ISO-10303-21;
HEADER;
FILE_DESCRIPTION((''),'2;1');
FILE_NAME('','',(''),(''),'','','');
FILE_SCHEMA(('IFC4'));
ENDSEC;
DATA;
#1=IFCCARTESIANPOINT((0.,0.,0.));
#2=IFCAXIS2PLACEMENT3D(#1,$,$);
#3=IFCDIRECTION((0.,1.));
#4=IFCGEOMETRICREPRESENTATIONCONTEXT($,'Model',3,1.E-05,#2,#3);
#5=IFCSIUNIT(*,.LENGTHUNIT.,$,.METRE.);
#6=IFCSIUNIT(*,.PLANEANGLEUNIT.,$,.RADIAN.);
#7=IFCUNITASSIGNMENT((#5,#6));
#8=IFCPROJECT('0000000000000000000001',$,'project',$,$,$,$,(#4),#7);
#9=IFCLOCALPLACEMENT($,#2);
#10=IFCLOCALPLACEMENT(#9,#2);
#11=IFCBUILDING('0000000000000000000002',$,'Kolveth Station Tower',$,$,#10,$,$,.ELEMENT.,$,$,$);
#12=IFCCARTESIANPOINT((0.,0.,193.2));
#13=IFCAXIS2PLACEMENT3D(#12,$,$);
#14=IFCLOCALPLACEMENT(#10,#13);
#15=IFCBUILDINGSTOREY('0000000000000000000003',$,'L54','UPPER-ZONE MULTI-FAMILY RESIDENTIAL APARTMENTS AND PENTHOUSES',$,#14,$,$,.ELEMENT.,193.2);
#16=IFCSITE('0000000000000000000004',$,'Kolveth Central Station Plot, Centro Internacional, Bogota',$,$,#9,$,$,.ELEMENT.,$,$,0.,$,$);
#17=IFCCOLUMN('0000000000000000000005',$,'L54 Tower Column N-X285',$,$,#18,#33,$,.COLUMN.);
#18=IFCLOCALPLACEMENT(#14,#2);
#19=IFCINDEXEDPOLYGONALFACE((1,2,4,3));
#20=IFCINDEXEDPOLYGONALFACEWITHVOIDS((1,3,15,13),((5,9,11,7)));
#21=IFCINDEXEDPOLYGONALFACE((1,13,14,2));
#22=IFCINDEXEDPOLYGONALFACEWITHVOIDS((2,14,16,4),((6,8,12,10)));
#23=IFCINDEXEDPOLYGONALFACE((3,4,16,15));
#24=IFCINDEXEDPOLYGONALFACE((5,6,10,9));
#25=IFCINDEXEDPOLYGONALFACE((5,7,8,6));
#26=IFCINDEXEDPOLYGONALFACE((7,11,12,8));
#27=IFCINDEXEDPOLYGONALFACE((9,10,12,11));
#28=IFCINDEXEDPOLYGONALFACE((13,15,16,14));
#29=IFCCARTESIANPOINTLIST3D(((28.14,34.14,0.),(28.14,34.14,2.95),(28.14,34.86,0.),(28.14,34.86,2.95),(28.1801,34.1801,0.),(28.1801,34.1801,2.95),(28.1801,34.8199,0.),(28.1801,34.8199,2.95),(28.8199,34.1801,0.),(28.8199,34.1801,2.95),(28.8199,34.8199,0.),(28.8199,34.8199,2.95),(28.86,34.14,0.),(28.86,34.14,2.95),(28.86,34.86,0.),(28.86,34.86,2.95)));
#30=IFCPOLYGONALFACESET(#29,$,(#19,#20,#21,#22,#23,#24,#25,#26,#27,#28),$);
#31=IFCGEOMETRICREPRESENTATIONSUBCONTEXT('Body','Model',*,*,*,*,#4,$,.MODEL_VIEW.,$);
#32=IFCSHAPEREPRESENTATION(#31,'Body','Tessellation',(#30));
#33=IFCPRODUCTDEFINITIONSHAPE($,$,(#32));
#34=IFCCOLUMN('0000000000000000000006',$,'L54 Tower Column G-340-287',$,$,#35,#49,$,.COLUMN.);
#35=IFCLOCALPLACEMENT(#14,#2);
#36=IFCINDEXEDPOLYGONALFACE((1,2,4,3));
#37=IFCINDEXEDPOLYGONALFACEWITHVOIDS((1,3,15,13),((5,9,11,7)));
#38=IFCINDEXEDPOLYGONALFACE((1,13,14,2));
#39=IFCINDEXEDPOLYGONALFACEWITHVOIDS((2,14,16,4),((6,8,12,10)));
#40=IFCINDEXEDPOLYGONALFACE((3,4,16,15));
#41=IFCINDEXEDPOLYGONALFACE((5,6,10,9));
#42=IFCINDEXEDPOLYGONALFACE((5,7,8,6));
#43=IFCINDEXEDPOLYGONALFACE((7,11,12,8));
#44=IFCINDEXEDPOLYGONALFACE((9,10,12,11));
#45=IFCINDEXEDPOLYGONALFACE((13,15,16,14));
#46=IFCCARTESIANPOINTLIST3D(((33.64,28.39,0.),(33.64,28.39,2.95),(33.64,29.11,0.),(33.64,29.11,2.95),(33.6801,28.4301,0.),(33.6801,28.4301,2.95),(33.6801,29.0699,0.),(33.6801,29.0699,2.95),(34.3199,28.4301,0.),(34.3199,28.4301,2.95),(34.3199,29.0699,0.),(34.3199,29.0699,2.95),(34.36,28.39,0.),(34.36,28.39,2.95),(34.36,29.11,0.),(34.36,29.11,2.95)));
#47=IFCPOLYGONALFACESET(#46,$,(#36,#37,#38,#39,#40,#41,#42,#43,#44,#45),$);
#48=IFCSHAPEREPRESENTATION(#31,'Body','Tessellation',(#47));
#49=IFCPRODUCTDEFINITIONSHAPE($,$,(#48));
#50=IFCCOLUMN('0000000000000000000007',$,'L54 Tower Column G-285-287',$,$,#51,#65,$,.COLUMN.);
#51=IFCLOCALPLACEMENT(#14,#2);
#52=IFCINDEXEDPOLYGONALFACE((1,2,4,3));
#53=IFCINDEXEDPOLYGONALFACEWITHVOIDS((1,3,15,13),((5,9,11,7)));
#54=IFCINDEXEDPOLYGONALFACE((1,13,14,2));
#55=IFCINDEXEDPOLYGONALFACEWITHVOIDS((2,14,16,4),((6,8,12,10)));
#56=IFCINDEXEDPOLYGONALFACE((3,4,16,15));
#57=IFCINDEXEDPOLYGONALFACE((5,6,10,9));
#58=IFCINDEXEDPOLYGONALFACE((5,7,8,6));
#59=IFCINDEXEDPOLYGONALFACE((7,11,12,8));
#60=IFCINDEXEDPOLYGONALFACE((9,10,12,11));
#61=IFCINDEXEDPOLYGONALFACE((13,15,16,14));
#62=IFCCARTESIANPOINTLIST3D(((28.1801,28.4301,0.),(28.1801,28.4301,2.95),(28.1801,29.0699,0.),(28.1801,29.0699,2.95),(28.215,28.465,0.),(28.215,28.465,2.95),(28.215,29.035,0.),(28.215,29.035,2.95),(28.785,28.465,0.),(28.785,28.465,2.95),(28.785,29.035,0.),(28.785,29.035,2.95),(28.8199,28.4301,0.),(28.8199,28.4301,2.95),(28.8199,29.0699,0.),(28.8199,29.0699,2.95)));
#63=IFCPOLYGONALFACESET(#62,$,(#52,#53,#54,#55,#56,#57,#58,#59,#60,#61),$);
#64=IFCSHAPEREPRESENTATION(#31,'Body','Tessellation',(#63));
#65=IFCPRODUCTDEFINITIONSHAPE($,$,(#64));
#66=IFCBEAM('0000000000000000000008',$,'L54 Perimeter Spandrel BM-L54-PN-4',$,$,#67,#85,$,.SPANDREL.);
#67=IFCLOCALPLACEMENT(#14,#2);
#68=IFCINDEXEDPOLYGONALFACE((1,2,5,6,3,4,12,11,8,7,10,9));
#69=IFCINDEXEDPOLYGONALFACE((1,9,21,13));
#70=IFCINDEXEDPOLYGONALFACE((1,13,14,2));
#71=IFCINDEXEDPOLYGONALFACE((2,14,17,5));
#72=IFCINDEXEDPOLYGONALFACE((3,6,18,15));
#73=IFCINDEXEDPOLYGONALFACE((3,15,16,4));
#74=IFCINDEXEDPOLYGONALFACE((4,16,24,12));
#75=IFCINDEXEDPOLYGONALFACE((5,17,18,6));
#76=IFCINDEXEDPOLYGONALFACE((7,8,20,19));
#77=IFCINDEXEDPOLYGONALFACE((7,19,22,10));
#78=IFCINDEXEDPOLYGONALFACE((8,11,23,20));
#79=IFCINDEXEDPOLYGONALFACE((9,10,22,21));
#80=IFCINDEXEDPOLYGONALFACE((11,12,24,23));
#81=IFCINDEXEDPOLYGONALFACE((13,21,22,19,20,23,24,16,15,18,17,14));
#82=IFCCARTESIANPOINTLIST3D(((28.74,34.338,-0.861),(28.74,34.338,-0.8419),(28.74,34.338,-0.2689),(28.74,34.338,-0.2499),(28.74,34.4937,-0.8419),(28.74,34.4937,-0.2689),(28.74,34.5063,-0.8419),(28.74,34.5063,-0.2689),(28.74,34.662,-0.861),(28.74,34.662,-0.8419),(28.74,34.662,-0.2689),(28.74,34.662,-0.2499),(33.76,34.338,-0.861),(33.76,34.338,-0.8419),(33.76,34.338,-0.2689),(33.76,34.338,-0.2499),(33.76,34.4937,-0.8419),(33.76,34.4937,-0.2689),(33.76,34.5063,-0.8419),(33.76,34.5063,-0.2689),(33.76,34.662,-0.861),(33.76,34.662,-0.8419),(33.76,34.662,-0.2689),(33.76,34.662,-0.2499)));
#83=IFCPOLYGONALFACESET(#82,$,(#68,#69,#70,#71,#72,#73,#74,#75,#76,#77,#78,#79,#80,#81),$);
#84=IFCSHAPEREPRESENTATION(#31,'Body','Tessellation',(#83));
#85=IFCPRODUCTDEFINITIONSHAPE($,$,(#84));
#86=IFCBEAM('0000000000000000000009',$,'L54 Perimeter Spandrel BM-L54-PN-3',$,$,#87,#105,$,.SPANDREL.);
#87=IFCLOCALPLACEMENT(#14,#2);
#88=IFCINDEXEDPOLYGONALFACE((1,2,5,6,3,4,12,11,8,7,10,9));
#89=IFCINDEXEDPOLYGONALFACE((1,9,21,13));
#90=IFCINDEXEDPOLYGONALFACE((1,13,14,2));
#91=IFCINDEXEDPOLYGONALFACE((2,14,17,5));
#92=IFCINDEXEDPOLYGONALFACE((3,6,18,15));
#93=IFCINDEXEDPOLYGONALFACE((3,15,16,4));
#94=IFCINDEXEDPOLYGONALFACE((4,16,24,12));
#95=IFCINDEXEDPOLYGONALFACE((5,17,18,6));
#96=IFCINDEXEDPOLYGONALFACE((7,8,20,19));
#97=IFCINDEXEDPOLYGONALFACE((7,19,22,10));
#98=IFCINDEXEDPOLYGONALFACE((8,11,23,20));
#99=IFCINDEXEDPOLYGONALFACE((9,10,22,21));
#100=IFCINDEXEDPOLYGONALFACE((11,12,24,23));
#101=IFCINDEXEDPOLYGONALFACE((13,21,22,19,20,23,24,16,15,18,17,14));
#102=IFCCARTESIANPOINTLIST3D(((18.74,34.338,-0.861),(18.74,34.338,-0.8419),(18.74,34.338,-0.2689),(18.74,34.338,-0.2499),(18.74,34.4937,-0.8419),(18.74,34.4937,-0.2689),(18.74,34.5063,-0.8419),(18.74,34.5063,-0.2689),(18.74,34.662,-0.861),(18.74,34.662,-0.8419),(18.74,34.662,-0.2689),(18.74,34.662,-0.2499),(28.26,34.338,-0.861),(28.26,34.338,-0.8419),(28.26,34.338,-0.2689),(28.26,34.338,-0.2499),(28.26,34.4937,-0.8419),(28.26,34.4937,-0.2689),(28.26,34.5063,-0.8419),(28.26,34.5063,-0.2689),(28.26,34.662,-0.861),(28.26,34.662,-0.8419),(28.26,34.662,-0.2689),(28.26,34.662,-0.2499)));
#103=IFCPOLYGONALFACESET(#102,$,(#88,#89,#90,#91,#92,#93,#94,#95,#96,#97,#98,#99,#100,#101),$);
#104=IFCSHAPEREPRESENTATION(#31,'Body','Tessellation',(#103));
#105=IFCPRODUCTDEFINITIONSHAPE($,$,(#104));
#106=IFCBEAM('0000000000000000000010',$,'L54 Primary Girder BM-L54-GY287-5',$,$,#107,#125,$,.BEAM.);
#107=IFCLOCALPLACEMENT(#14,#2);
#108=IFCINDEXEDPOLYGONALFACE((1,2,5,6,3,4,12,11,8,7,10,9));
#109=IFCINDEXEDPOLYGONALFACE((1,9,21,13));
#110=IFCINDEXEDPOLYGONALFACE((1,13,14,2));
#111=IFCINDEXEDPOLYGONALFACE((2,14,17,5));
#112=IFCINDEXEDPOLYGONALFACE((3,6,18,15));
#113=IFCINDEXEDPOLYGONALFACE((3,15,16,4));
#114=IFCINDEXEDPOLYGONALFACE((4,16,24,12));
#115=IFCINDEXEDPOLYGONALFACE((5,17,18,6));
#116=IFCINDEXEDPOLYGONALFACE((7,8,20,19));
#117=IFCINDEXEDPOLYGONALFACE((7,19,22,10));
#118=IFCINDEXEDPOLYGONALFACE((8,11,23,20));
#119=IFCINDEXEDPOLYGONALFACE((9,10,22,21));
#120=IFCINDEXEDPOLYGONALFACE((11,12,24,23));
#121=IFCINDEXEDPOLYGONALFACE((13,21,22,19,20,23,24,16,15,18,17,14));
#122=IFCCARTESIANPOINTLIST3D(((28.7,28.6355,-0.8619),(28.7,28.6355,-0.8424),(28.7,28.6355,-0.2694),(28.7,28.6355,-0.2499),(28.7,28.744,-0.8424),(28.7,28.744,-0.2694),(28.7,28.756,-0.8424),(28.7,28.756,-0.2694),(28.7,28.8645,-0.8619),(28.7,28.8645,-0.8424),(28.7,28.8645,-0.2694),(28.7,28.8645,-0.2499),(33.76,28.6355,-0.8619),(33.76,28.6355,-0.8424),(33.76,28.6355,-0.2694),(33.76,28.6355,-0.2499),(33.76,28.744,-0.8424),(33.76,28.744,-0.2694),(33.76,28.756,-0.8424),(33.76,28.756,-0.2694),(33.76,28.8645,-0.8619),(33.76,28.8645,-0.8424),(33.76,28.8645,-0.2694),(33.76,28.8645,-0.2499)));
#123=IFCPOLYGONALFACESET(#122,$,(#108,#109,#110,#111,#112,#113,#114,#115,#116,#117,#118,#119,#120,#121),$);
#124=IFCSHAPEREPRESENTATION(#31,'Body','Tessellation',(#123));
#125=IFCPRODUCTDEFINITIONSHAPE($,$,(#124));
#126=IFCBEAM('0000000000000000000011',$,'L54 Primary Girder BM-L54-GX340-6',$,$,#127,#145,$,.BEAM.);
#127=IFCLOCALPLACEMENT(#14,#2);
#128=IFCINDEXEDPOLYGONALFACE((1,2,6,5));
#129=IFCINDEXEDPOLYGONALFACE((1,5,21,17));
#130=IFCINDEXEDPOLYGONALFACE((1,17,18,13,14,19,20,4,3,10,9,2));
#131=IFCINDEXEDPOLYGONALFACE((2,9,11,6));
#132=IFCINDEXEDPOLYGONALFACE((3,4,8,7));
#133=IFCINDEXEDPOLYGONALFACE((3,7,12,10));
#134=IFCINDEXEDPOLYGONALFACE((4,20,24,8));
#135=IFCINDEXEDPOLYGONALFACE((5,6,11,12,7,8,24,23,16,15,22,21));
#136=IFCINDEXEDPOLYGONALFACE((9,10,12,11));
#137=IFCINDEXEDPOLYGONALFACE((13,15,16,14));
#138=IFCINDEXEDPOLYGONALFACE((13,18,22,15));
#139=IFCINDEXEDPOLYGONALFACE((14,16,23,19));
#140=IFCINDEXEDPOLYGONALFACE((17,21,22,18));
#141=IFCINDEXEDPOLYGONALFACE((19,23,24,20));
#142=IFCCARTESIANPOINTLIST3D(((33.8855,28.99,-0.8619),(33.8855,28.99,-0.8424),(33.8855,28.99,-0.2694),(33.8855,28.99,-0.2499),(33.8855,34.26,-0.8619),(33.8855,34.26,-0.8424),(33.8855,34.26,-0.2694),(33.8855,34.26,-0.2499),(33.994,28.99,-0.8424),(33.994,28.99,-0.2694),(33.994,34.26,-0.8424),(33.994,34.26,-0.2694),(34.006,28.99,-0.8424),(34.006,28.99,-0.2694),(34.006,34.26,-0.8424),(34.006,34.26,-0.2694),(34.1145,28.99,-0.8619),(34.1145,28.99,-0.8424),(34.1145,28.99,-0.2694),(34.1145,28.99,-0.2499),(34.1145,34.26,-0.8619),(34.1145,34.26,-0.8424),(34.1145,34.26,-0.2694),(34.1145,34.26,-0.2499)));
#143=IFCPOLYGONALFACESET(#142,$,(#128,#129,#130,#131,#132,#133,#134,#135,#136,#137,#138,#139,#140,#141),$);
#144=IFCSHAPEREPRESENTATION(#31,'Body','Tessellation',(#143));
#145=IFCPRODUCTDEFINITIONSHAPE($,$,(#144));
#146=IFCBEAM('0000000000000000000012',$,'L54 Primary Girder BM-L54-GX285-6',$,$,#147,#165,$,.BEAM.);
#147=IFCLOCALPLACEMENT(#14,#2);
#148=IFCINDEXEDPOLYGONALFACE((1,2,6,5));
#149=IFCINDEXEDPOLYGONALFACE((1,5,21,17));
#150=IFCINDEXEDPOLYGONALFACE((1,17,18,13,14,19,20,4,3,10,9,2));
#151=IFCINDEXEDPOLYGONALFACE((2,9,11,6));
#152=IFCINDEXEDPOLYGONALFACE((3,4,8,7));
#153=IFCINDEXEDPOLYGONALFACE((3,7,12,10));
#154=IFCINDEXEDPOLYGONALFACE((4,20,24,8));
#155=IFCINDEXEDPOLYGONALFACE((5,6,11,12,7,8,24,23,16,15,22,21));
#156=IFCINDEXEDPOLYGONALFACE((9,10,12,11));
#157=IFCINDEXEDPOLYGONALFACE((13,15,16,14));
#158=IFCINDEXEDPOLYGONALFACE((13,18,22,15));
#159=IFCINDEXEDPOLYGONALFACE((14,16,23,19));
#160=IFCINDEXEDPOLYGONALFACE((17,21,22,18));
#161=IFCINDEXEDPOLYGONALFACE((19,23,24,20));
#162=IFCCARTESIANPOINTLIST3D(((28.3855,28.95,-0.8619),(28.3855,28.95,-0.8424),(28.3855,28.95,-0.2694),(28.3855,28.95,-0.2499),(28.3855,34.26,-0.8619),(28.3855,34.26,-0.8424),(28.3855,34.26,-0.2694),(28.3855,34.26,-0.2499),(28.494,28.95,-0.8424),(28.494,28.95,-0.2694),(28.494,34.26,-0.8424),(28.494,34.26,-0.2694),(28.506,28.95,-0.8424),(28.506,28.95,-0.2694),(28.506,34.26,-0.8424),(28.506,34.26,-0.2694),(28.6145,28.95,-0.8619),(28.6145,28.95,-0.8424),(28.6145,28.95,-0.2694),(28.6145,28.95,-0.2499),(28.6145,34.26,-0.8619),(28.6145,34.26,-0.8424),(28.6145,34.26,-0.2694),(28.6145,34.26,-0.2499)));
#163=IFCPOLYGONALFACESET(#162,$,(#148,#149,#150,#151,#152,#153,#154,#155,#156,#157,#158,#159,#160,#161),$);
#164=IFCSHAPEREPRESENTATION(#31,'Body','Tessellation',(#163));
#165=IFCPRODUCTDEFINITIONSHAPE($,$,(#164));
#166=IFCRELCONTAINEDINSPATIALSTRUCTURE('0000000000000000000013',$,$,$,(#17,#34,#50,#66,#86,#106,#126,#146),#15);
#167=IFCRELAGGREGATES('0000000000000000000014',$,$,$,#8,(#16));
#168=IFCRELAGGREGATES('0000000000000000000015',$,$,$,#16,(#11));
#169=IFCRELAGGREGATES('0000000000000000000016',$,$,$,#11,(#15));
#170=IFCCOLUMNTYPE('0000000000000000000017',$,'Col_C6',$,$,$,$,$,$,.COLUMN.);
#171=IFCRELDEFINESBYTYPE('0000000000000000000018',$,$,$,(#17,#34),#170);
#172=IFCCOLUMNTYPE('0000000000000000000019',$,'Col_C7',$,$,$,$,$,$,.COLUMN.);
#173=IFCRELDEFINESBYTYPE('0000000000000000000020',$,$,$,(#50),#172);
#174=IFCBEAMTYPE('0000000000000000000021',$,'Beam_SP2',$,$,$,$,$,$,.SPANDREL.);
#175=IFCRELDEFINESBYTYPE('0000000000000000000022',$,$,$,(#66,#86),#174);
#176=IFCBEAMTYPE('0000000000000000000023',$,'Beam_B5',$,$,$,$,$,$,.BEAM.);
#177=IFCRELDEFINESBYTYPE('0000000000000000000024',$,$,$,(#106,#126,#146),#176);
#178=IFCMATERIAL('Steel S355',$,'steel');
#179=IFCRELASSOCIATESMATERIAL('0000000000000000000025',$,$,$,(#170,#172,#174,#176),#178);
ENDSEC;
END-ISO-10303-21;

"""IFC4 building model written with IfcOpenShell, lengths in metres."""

from ifc_helpers import new_model, si_unit, direction, frame, origin, origin_2d, place, context, subcontext, project, spatial, hollow_rectangle, i_section, extrude, source, transform, mapped, material, material_profile, profile_set, type_object, element, save


model = new_model("IFC4")

# Units and contexts
model_context = context("Model", 3, precision=1e-05, world=origin(), true_north=direction((0.0, 1.0)))
body_context = subcontext(model_context, "Body", "Model", "MODEL_VIEW")
ifc_project = project(units=[si_unit("LENGTHUNIT", "METRE"), si_unit("PLANEANGLEUNIT", "RADIAN")], contexts=[model_context])

# Site, building, storey
site_placement = place(None, origin())
site = spatial("IfcSite", under=ifc_project, at=site_placement, Name="Kolveth Central Station Plot, Centro Internacional, Bogota", CompositionType="ELEMENT", RefElevation=0.0)
building_placement = place(site_placement, origin())
building = spatial("IfcBuilding", under=site, at=building_placement, Name="Kolveth Station Tower", CompositionType="ELEMENT")
storey_placement = place(building_placement, frame((0.0, 0.0, 193.2)))
storey = spatial("IfcBuildingStorey", under=building, at=storey_placement, Name="L54", Description="UPPER-ZONE MULTI-FAMILY RESIDENTIAL APARTMENTS AND PENTHOUSES", CompositionType="ELEMENT", Elevation=193.2)

# Columns
ifc_material_1 = material(Name="Steel S355", Category="steel")
ifc_material_profile_1 = material_profile(ifc_material_1, hollow_rectangle(XDim=0.72, YDim=0.72, WallThickness=0.04, at=origin_2d()), Name="BOX720x720x40")
ifc_profile_set_1 = profile_set([ifc_material_profile_1], Name="Steel S355")
column_type_1 = type_object("IfcColumnType", Name="Col_C6", PredefinedType="COLUMN", material=ifc_profile_set_1)
shared_shape_1 = source(origin(), body_context, "Body", "SweptSolid", [
    extrude(hollow_rectangle(XDim=0.72, YDim=0.72, WallThickness=0.04, at=origin_2d()), origin(), (0.0, 0.0, 1.0), 2.95),
])
for number, where, z_axis, x_axis, name in (
    (1, (28.5, 34.5, 0.0), (0.0, 0.0, 1.0), (1.0, 0.0, 0.0), "L54 Tower Column N-X285"),
    (2, (34.0, 28.75, 0.0), (0.0, 0.0, 1.0), (1.0, 0.0, 0.0), "L54 Tower Column G-340-287"),
):
    element("IfcColumn", number, at=place(storey_placement, frame(where, z_axis=z_axis, x_axis=x_axis)), inside=storey, type_object=column_type_1, Name=name, PredefinedType="COLUMN", context=body_context, shape_type="MappedRepresentation", body=[
        mapped(shared_shape_1, transform((0.0, 0.0, 0.0), x_axis=(1.0, 0.0, 0.0), y_axis=(0.0, 1.0, 0.0), z_axis=(0.0, 0.0, 1.0), scale=1.0)),
    ])
ifc_material_profile_2 = material_profile(ifc_material_1, hollow_rectangle(XDim=0.6399, YDim=0.6399, WallThickness=0.0349, at=origin_2d()), Name="BOX640x640x35")
ifc_profile_set_2 = profile_set([ifc_material_profile_2], Name="Steel S355")
column_type_2 = type_object("IfcColumnType", Name="Col_C7", PredefinedType="COLUMN", material=ifc_profile_set_2)
shared_shape_2 = source(origin(), body_context, "Body", "SweptSolid", [
    extrude(hollow_rectangle(XDim=0.6399, YDim=0.6399, WallThickness=0.0349, at=origin_2d()), origin(), (0.0, 0.0, 1.0), 2.95),
])
column_placement = place(storey_placement, frame((28.5, 28.75, 0.0), z_axis=(0.0, 0.0, 1.0), x_axis=(1.0, 0.0, 0.0)))
element("IfcColumn", 3, at=column_placement, inside=storey, type_object=column_type_2, Name="L54 Tower Column G-285-287", PredefinedType="COLUMN", context=body_context, shape_type="MappedRepresentation", body=[
    mapped(shared_shape_2, transform((0.0, 0.0, 0.0), x_axis=(1.0, 0.0, 0.0), y_axis=(0.0, 1.0, 0.0), z_axis=(0.0, 0.0, 1.0), scale=1.0)),
])

# Beams
ifc_material_profile_3 = material_profile(ifc_material_1, i_section(OverallWidth=0.324, OverallDepth=0.6111, WebThickness=0.0127, FlangeThickness=0.019, at=origin_2d()), Name="W610x155")
ifc_profile_set_3 = profile_set([ifc_material_profile_3], Name="Steel S355")
beam_type_1 = type_object("IfcBeamType", Name="Beam_SP2", PredefinedType="SPANDREL", material=ifc_profile_set_3)
shared_shape_3 = source(origin(), body_context, "Body", "SweptSolid", [
    extrude(i_section(OverallWidth=0.324, OverallDepth=0.6111, WebThickness=0.0127, FlangeThickness=0.019, at=origin_2d()), origin(), (0.0, 0.0, 1.0), 5.02),
])
beam_1_placement = place(storey_placement, frame((28.74, 34.5, -0.5554), z_axis=(1.0, 0.0, 0.0), x_axis=(0.0, 1.0, 0.0)))
element("IfcBeam", 4, at=beam_1_placement, inside=storey, type_object=beam_type_1, Name="L54 Perimeter Spandrel BM-L54-PN-4", PredefinedType="SPANDREL", context=body_context, shape_type="MappedRepresentation", body=[
    mapped(shared_shape_3, transform((0.0, 0.0, 0.0), x_axis=(1.0, 0.0, 0.0), y_axis=(0.0, 1.0, 0.0), z_axis=(0.0, 0.0, 1.0), scale=1.0)),
])
shared_shape_4 = source(origin(), body_context, "Body", "SweptSolid", [
    extrude(i_section(OverallWidth=0.324, OverallDepth=0.6111, WebThickness=0.0127, FlangeThickness=0.019, at=origin_2d()), origin(), (0.0, 0.0, 1.0), 9.52),
])
beam_2_placement = place(storey_placement, frame((18.74, 34.5, -0.5554), z_axis=(1.0, 0.0, 0.0), x_axis=(0.0, 1.0, 0.0)))
element("IfcBeam", 5, at=beam_2_placement, inside=storey, type_object=beam_type_1, Name="L54 Perimeter Spandrel BM-L54-PN-3", PredefinedType="SPANDREL", context=body_context, shape_type="MappedRepresentation", body=[
    mapped(shared_shape_4, transform((0.0, 0.0, 0.0), x_axis=(1.0, 0.0, 0.0), y_axis=(0.0, 1.0, 0.0), z_axis=(0.0, 0.0, 1.0), scale=1.0)),
])
ifc_material_profile_4 = material_profile(ifc_material_1, i_section(OverallWidth=0.229, OverallDepth=0.6121, WebThickness=0.012, FlangeThickness=0.0195, at=origin_2d()), Name="W610x125")
ifc_profile_set_4 = profile_set([ifc_material_profile_4], Name="Steel S355")
beam_type_2 = type_object("IfcBeamType", Name="Beam_B5", PredefinedType="BEAM", material=ifc_profile_set_4)
shared_shape_5 = source(origin(), body_context, "Body", "SweptSolid", [
    extrude(i_section(OverallWidth=0.229, OverallDepth=0.6121, WebThickness=0.012, FlangeThickness=0.0195, at=origin_2d()), origin(), (0.0, 0.0, 1.0), 5.0601),
])
beam_3_placement = place(storey_placement, frame((28.7, 28.75, -0.5559), z_axis=(1.0, 0.0, 0.0), x_axis=(0.0, 1.0, 0.0)))
element("IfcBeam", 6, at=beam_3_placement, inside=storey, type_object=beam_type_2, Name="L54 Primary Girder BM-L54-GY287-5", PredefinedType="BEAM", context=body_context, shape_type="MappedRepresentation", body=[
    mapped(shared_shape_5, transform((0.0, 0.0, 0.0), x_axis=(1.0, 0.0, 0.0), y_axis=(0.0, 1.0, 0.0), z_axis=(0.0, 0.0, 1.0), scale=1.0)),
])
shared_shape_6 = source(origin(), body_context, "Body", "SweptSolid", [
    extrude(i_section(OverallWidth=0.229, OverallDepth=0.6121, WebThickness=0.012, FlangeThickness=0.0195, at=origin_2d()), origin(), (0.0, 0.0, 1.0), 5.27),
])
beam_4_placement = place(storey_placement, frame((34.0, 28.99, -0.5559), z_axis=(0.0, 1.0, 0.0), x_axis=(-1.0, 0.0, 0.0)))
element("IfcBeam", 7, at=beam_4_placement, inside=storey, type_object=beam_type_2, Name="L54 Primary Girder BM-L54-GX340-6", PredefinedType="BEAM", context=body_context, shape_type="MappedRepresentation", body=[
    mapped(shared_shape_6, transform((0.0, 0.0, 0.0), x_axis=(1.0, 0.0, 0.0), y_axis=(0.0, 1.0, 0.0), z_axis=(0.0, 0.0, 1.0), scale=1.0)),
])
shared_shape_7 = source(origin(), body_context, "Body", "SweptSolid", [
    extrude(i_section(OverallWidth=0.229, OverallDepth=0.6121, WebThickness=0.012, FlangeThickness=0.0195, at=origin_2d()), origin(), (0.0, 0.0, 1.0), 5.3101),
])
beam_5_placement = place(storey_placement, frame((28.5, 28.95, -0.5559), z_axis=(0.0, 1.0, 0.0), x_axis=(-1.0, 0.0, 0.0)))
element("IfcBeam", 8, at=beam_5_placement, inside=storey, type_object=beam_type_2, Name="L54 Primary Girder BM-L54-GX285-6", PredefinedType="BEAM", context=body_context, shape_type="MappedRepresentation", body=[
    mapped(shared_shape_7, transform((0.0, 0.0, 0.0), x_axis=(1.0, 0.0, 0.0), y_axis=(0.0, 1.0, 0.0), z_axis=(0.0, 0.0, 1.0), scale=1.0)),
])

save(model, "model.ifc")
